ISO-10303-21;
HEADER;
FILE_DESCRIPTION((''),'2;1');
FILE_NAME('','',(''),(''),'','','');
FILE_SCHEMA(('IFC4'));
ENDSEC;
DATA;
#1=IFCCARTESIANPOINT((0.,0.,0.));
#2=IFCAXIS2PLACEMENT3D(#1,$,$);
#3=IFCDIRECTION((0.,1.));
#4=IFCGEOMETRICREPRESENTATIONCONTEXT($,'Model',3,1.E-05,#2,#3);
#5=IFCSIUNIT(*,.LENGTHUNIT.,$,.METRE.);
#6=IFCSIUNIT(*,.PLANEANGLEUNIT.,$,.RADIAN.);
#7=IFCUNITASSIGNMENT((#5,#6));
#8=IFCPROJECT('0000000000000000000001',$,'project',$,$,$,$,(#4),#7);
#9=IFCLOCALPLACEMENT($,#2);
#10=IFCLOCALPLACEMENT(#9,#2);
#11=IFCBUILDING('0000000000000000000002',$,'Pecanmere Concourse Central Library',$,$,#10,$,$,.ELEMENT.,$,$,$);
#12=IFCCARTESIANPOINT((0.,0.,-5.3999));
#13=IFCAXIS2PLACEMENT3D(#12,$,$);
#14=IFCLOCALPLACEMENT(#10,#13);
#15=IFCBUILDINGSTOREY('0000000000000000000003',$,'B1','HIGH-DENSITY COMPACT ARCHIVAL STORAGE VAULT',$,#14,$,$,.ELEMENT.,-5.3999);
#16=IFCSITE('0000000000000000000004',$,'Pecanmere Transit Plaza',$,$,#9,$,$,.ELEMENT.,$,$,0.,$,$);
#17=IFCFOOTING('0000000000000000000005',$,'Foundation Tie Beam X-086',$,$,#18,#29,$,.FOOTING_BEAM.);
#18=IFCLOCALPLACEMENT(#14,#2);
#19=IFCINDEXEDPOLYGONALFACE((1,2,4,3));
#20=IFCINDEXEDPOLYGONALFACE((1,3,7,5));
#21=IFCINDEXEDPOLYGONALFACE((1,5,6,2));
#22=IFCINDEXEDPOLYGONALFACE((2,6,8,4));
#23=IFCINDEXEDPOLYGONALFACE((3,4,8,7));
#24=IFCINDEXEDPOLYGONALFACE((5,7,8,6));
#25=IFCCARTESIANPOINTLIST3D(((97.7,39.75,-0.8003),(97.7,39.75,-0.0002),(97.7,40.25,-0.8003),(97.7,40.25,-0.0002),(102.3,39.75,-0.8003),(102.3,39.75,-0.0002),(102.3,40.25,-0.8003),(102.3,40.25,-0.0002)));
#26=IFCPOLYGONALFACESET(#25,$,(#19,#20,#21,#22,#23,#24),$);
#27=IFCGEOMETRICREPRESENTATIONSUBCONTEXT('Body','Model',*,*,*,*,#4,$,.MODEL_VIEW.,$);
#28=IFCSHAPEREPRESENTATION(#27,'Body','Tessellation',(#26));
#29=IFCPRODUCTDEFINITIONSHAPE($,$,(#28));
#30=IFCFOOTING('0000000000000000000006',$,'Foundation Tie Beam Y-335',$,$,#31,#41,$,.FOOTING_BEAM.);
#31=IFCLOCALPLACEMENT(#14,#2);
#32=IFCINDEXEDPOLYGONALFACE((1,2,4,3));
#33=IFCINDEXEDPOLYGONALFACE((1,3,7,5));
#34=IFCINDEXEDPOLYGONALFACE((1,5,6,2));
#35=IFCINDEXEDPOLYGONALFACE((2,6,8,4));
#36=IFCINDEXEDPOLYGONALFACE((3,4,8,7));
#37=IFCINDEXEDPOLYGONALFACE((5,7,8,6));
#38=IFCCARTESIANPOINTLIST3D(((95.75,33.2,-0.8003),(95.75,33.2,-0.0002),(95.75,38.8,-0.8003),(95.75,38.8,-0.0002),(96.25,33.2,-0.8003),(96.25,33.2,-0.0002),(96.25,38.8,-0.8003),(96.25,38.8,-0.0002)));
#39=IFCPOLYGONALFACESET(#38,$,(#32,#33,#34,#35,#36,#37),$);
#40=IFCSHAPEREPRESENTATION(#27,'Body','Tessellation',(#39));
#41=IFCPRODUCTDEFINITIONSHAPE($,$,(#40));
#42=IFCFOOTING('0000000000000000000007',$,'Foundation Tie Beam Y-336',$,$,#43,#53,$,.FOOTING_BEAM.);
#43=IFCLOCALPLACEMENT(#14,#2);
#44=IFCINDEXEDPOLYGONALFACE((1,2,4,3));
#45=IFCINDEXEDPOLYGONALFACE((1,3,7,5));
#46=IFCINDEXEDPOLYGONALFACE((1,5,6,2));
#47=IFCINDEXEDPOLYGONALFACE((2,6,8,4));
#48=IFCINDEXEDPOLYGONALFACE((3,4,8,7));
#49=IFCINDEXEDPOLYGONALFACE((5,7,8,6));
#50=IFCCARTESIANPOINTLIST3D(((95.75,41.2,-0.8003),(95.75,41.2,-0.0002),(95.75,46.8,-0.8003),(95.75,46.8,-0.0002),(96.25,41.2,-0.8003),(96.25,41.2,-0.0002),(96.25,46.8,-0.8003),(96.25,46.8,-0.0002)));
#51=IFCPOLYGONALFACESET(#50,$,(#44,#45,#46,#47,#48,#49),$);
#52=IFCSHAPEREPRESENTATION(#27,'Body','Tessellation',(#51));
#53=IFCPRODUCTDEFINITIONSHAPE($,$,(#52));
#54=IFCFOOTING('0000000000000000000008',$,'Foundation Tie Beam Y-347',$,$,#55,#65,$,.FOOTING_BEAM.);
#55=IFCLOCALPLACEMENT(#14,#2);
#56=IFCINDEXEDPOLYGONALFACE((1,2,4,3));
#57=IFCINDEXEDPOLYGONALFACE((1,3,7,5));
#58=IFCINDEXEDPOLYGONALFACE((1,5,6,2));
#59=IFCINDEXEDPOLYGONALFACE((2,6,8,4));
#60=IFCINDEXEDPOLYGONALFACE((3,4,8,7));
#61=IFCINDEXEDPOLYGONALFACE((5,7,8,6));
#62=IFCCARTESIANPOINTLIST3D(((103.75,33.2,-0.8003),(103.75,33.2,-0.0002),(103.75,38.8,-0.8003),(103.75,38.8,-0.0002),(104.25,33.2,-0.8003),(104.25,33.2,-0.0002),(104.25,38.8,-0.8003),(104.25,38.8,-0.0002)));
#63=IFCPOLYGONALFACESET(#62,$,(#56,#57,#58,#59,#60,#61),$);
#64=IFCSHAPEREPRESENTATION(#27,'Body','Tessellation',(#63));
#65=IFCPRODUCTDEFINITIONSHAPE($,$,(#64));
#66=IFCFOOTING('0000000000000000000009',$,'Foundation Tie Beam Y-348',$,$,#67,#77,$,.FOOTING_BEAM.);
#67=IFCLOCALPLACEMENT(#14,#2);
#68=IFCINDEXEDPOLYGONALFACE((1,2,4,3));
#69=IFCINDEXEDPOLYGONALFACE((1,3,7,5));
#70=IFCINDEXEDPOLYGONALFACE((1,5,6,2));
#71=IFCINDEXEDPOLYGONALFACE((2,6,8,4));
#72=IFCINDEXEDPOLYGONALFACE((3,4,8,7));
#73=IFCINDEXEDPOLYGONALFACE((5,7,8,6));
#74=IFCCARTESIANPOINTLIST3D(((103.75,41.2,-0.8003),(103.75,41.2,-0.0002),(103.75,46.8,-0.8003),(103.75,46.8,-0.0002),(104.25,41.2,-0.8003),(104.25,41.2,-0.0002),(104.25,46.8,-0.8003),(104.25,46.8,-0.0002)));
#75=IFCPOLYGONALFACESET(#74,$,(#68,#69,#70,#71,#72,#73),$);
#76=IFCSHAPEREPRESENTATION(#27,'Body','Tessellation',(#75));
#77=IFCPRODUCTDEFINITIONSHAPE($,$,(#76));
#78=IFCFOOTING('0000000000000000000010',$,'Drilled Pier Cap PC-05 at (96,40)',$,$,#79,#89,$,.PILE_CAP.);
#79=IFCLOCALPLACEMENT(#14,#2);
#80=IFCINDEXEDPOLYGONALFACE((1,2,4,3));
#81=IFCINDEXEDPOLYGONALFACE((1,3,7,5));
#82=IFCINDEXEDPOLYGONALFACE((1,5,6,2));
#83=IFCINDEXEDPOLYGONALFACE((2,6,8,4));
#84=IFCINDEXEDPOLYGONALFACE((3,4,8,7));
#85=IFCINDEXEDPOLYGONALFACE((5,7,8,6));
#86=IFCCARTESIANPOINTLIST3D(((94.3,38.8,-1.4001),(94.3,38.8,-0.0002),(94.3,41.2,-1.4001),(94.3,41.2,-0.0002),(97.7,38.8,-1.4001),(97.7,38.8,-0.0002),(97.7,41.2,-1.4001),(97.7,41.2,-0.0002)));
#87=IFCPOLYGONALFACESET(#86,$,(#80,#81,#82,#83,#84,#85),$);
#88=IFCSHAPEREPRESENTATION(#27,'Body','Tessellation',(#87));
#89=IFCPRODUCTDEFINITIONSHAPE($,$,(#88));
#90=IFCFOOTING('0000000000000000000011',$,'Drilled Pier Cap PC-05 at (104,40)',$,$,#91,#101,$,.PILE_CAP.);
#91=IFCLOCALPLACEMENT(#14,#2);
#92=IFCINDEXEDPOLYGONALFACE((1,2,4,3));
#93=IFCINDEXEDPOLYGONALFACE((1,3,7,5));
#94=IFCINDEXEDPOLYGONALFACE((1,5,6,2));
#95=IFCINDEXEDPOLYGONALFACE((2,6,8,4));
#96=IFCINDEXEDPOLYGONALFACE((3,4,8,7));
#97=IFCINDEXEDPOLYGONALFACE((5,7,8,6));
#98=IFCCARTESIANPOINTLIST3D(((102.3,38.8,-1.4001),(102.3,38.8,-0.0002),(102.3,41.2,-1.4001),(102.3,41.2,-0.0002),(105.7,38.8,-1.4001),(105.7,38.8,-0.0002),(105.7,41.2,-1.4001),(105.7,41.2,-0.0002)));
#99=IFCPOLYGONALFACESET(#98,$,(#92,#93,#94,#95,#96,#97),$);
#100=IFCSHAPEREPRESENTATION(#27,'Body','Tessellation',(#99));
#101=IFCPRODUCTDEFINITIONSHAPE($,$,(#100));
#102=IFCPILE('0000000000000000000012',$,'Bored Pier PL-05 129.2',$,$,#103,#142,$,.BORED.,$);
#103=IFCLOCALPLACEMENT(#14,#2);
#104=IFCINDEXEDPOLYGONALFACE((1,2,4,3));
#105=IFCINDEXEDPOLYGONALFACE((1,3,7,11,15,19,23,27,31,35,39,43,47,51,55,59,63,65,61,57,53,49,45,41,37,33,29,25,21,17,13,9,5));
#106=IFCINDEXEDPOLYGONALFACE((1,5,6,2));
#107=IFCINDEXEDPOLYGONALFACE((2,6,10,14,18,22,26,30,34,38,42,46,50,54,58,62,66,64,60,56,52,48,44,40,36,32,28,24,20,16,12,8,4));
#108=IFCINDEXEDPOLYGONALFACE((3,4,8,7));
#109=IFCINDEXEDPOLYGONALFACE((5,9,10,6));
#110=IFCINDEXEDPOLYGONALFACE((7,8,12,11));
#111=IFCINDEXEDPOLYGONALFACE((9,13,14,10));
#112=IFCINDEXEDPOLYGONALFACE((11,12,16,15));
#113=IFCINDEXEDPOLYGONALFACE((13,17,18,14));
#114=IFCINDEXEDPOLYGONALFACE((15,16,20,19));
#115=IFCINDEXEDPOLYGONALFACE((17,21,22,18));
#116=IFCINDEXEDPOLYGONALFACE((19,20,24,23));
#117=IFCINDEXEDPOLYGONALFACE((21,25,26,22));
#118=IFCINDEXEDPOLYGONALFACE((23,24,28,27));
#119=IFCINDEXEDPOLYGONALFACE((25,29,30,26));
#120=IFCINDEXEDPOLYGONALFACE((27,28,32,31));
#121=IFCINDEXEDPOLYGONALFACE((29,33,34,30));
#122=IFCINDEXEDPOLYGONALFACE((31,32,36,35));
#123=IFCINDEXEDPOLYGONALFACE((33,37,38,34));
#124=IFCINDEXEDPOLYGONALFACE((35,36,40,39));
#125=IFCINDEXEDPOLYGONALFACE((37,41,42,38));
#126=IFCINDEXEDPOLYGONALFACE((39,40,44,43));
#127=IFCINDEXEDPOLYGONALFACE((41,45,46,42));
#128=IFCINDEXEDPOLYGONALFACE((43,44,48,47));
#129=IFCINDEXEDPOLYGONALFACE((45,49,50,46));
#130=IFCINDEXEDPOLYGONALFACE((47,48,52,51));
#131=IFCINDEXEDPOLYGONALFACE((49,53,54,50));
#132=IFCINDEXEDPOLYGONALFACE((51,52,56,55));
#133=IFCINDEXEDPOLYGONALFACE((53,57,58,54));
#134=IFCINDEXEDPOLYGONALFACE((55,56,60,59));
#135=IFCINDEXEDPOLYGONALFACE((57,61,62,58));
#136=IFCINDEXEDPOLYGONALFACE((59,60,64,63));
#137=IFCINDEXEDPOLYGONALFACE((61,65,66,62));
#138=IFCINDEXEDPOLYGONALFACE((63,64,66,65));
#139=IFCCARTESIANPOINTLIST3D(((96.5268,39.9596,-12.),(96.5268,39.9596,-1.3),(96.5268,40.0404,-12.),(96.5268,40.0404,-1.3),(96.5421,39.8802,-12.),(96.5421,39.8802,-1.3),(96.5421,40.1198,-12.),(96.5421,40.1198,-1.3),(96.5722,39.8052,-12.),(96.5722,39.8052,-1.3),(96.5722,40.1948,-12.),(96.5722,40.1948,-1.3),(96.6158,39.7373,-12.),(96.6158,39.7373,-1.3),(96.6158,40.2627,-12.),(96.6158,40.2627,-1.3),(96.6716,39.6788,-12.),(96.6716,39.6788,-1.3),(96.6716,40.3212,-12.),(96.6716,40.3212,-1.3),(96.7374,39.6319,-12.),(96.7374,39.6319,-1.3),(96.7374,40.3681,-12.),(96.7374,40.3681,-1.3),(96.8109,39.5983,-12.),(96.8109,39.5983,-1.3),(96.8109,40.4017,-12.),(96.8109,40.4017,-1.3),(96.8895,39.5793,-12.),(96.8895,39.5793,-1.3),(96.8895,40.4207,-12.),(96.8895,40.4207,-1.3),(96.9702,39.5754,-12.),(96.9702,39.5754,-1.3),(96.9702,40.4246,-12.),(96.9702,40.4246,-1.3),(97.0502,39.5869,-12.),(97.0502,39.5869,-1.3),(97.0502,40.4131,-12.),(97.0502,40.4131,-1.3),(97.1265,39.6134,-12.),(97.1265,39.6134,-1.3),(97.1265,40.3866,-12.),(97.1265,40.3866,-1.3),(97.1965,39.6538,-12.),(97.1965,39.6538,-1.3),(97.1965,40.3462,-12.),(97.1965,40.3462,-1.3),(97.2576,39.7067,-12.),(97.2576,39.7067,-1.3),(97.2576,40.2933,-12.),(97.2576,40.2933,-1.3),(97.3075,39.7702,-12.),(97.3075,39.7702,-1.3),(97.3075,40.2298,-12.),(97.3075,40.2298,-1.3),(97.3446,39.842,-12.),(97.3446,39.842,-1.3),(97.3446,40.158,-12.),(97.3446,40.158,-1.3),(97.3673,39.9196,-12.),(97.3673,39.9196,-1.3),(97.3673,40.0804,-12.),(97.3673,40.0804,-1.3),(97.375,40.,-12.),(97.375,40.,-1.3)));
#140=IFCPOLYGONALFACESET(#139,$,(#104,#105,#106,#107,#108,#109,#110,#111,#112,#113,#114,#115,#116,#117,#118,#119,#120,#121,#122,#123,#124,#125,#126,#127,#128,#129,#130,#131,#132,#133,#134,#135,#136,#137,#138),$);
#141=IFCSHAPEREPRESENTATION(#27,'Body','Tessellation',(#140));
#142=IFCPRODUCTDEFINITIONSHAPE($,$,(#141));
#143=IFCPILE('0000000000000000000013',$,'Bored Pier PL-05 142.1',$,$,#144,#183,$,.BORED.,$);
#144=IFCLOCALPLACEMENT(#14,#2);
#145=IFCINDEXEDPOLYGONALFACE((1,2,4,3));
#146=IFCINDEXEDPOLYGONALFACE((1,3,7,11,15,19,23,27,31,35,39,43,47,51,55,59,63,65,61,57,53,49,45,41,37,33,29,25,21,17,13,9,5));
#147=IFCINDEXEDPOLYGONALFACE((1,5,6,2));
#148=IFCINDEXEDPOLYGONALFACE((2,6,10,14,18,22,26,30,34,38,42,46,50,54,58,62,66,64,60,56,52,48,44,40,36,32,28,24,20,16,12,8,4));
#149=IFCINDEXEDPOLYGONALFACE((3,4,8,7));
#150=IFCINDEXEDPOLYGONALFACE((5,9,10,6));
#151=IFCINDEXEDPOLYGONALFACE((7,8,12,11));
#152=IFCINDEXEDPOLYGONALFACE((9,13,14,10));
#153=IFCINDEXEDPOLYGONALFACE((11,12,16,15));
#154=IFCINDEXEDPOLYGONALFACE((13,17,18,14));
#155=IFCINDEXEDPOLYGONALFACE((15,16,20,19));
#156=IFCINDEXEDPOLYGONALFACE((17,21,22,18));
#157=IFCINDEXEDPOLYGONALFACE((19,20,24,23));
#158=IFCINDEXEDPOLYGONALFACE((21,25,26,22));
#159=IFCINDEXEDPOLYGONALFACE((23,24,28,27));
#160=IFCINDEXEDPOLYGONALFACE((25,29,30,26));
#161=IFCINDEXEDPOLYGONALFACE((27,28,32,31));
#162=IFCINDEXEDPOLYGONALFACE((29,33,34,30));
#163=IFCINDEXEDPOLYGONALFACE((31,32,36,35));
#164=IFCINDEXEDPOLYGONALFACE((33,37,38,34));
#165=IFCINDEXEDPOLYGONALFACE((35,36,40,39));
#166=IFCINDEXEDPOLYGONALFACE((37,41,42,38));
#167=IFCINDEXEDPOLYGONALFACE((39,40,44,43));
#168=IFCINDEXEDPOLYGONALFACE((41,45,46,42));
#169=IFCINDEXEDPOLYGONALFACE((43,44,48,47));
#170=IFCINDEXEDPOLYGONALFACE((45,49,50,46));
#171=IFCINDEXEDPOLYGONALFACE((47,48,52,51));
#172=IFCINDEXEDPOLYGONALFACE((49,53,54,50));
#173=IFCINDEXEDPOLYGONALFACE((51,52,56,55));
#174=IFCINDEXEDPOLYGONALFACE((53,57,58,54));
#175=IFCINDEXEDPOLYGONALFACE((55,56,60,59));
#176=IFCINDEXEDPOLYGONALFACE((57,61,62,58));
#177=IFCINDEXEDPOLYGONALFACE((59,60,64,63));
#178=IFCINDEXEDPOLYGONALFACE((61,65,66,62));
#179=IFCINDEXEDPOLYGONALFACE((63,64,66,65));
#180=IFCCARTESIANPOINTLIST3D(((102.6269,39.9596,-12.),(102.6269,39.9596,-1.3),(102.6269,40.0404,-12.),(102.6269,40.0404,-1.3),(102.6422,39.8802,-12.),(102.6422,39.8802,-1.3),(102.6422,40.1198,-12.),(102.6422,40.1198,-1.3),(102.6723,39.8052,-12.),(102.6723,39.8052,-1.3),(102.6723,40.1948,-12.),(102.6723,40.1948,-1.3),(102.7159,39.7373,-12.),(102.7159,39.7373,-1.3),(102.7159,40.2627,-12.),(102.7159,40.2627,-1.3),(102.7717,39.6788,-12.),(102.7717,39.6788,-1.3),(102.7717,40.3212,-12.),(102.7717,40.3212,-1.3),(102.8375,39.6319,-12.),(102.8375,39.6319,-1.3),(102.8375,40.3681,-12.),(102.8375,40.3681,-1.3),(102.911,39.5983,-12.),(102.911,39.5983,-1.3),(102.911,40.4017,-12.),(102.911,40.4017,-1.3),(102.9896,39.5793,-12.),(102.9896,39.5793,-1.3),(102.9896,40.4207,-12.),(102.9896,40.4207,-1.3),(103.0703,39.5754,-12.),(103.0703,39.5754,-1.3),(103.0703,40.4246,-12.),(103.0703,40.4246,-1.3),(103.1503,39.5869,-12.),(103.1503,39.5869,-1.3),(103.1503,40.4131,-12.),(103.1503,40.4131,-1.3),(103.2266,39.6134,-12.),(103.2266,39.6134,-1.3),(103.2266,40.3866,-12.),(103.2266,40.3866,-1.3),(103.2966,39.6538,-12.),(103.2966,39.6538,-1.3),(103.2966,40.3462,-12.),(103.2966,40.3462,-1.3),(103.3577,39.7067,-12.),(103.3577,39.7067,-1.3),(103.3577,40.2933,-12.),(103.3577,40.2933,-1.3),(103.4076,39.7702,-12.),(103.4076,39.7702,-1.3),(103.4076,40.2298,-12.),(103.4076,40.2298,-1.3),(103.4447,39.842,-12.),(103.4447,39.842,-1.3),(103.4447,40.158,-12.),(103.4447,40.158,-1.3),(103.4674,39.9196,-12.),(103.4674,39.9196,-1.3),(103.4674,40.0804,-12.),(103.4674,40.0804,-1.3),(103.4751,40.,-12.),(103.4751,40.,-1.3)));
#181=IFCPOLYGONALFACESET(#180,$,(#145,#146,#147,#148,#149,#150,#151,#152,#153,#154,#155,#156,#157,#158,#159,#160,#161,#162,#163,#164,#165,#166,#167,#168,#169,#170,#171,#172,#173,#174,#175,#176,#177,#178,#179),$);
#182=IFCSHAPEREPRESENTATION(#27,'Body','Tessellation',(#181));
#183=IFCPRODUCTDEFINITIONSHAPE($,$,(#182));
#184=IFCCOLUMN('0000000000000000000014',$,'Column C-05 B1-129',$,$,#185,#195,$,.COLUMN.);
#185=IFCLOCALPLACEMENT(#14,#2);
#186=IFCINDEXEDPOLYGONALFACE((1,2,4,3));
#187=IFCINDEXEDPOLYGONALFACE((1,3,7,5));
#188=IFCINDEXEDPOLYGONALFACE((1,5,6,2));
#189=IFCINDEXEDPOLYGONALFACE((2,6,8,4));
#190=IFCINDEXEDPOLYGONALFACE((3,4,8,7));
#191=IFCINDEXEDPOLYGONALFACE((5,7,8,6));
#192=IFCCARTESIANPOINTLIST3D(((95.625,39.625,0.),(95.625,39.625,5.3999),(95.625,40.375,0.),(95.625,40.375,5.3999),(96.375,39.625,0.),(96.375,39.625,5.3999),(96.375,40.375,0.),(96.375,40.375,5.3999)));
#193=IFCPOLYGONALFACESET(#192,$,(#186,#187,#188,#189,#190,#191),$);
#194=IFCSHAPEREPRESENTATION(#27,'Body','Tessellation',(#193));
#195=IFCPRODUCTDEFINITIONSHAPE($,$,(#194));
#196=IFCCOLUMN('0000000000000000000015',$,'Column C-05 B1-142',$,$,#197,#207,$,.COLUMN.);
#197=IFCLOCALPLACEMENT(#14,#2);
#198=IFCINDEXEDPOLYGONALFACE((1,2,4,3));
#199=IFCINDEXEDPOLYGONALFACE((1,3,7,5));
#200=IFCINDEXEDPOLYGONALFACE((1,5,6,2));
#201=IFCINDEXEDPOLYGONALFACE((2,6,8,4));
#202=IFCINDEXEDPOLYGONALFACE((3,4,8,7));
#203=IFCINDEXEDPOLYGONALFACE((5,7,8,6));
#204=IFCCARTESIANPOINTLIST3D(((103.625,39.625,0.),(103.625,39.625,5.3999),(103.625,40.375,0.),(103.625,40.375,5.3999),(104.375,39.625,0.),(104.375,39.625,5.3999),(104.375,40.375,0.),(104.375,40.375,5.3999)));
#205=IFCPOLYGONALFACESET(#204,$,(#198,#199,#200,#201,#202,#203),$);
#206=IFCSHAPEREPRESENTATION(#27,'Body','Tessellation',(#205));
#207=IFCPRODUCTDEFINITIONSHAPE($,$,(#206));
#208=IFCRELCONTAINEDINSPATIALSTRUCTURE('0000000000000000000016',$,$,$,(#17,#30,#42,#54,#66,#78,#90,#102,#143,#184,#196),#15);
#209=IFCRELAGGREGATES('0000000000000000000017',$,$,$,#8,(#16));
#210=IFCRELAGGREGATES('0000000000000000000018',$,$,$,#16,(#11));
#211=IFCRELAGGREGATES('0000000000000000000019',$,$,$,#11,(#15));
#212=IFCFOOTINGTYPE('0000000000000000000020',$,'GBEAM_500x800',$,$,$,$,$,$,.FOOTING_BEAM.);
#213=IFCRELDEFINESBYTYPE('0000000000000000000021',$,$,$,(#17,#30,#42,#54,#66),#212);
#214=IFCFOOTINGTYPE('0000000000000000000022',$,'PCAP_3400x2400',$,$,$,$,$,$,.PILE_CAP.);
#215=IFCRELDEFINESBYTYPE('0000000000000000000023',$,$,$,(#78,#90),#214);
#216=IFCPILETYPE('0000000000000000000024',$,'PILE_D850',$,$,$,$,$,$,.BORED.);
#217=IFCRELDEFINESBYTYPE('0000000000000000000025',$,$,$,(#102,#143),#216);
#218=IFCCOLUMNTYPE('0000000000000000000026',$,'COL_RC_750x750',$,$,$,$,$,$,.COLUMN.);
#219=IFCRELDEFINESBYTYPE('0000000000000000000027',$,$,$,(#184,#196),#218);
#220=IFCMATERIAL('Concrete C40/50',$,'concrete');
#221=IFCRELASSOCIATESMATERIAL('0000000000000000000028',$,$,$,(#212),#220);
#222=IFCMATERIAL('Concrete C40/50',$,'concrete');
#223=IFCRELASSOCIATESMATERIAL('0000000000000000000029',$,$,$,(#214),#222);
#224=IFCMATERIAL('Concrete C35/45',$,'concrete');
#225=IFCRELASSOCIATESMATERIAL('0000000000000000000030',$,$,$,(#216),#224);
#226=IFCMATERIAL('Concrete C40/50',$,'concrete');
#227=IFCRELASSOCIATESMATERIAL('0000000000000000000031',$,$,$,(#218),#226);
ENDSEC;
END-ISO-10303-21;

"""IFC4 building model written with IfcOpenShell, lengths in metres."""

from ifc_helpers import new_model, si_unit, direction, frame, origin, origin_2d, place, context, subcontext, project, spatial, rectangle, circle, extrude, material, material_profile, profile_set, type_object, element, save


model = new_model("IFC4")

# Units and contexts
model_context = context("Model", 3, precision=1e-05, world=origin(), true_north=direction((0.0, 1.0)))
body_context = subcontext(model_context, "Body", "Model", "MODEL_VIEW")
ifc_project = project(units=[si_unit("LENGTHUNIT", "METRE"), si_unit("PLANEANGLEUNIT", "RADIAN")], contexts=[model_context])

# Site, building, storey
site_placement = place(None, origin())
site = spatial("IfcSite", under=ifc_project, at=site_placement, Name="Pecanmere Transit Plaza", CompositionType="ELEMENT", RefElevation=0.0)
building_placement = place(site_placement, origin())
building = spatial("IfcBuilding", under=site, at=building_placement, Name="Pecanmere Concourse Central Library", CompositionType="ELEMENT")
storey_placement = place(building_placement, frame((0.0, 0.0, -5.3999)))
storey = spatial("IfcBuildingStorey", under=building, at=storey_placement, Name="B1", Description="HIGH-DENSITY COMPACT ARCHIVAL STORAGE VAULT", CompositionType="ELEMENT", Elevation=-5.3999)

# Footings
ifc_material_1 = material(Name="Concrete C40/50", Category="concrete")
ifc_material_profile_1 = material_profile(ifc_material_1, rectangle(XDim=0.5, YDim=0.8, at=origin_2d()), Name="RC 500x800")
ifc_profile_set_1 = profile_set([ifc_material_profile_1], Name="Concrete C40/50")
footing_type_1 = type_object("IfcFootingType", Name="GBEAM_500x800", PredefinedType="FOOTING_BEAM", material=ifc_profile_set_1)
footing_placement = place(storey_placement, frame((100.0, 40.0, -0.8003), z_axis=(0.0, 0.0, 1.0), x_axis=(1.0, 0.0, 0.0)))
element("IfcFooting", 1, at=footing_placement, inside=storey, type_object=footing_type_1, Name="Foundation Tie Beam X-086", PredefinedType="FOOTING_BEAM", context=body_context, shape_type="SweptSolid", body=[
    extrude(rectangle(XDim=4.6001, YDim=0.5, at=origin_2d()), origin(), (0.0, 0.0, 1.0), 0.8),
])
for number, where, z_axis, x_axis, name in (
    (2, (96.0, 36.0, -0.8003), (0.0, 0.0, 1.0), (0.0, 1.0, 0.0), "Foundation Tie Beam Y-335"),
    (3, (96.0, 44.0, -0.8003), (0.0, 0.0, 1.0), (0.0, 1.0, 0.0), "Foundation Tie Beam Y-336"),
    (4, (104.0, 36.0, -0.8003), (0.0, 0.0, 1.0), (0.0, 1.0, 0.0), "Foundation Tie Beam Y-347"),
    (5, (104.0, 44.0, -0.8003), (0.0, 0.0, 1.0), (0.0, 1.0, 0.0), "Foundation Tie Beam Y-348"),
):
    element("IfcFooting", number, at=place(storey_placement, frame(where, z_axis=z_axis, x_axis=x_axis)), inside=storey, type_object=footing_type_1, Name=name, PredefinedType="FOOTING_BEAM", context=body_context, shape_type="SweptSolid", body=[
        extrude(rectangle(XDim=5.6001, YDim=0.5, at=origin_2d()), origin(), (0.0, 0.0, 1.0), 0.8),
    ])
ifc_material_2 = material(Name="Concrete C40/50", Category="concrete")
footing_type_2 = type_object("IfcFootingType", Name="PCAP_3400x2400", PredefinedType="PILE_CAP", material=ifc_material_2)
for number, where, z_axis, x_axis, name in (
    (6, (96.0, 40.0, -1.4001), (0.0, 0.0, 1.0), (1.0, 0.0, 0.0), "Drilled Pier Cap PC-05 at (96,40)"),
    (7, (104.0, 40.0, -1.4001), (0.0, 0.0, 1.0), (1.0, 0.0, 0.0), "Drilled Pier Cap PC-05 at (104,40)"),
):
    element("IfcFooting", number, at=place(storey_placement, frame(where, z_axis=z_axis, x_axis=x_axis)), inside=storey, type_object=footing_type_2, Name=name, PredefinedType="PILE_CAP", context=body_context, shape_type="SweptSolid", body=[
        extrude(rectangle(XDim=3.3999, YDim=2.3999, at=origin_2d()), origin(), (0.0, 0.0, 1.0), 1.3999),
    ])

# Piles
ifc_material_3 = material(Name="Concrete C35/45", Category="concrete")
ifc_material_profile_2 = material_profile(ifc_material_3, circle(Radius=0.425, at=origin_2d()), Name="PIER D850")
ifc_profile_set_2 = profile_set([ifc_material_profile_2], Name="Concrete C35/45")
pile_type = type_object("IfcPileType", Name="PILE_D850", PredefinedType="BORED", material=ifc_profile_set_2)
for number, where, z_axis, x_axis, name in (
    (8, (96.95, 40.0, -1.3), (0.0, 0.0, -1.0), (1.0, 0.0, 0.0), "Bored Pier PL-05 129.2"),
    (9, (103.05, 40.0, -1.3), (0.0, 0.0, -1.0), (1.0, 0.0, 0.0), "Bored Pier PL-05 142.1"),
):
    element("IfcPile", number, at=place(storey_placement, frame(where, z_axis=z_axis, x_axis=x_axis)), inside=storey, type_object=pile_type, Name=name, PredefinedType="BORED", context=body_context, shape_type="SweptSolid", body=[
        extrude(circle(Radius=0.425, at=origin_2d()), origin(), (0.0, 0.0, 1.0), 10.7),
    ])

# Columns
ifc_material_4 = material(Name="Concrete C40/50", Category="concrete")
ifc_material_profile_3 = material_profile(ifc_material_4, rectangle(XDim=0.75, YDim=0.75, at=origin_2d()), Name="RC 750x750")
ifc_profile_set_3 = profile_set([ifc_material_profile_3], Name="Concrete C40/50")
column_type = type_object("IfcColumnType", Name="COL_RC_750x750", PredefinedType="COLUMN", material=ifc_profile_set_3)
for number, where, z_axis, x_axis, name in (
    (10, (96.0, 40.0, 0.0), (0.0, 0.0, 1.0), (1.0, 0.0, 0.0), "Column C-05 B1-129"),
    (11, (104.0, 40.0, 0.0), (0.0, 0.0, 1.0), (1.0, 0.0, 0.0), "Column C-05 B1-142"),
):
    element("IfcColumn", number, at=place(storey_placement, frame(where, z_axis=z_axis, x_axis=x_axis)), inside=storey, type_object=column_type, Name=name, PredefinedType="COLUMN", context=body_context, shape_type="SweptSolid", body=[
        extrude(rectangle(XDim=0.75, YDim=0.75, at=origin_2d()), origin(), (0.0, 0.0, 1.0), 5.3999),
    ])

save(model, "model.ifc")
